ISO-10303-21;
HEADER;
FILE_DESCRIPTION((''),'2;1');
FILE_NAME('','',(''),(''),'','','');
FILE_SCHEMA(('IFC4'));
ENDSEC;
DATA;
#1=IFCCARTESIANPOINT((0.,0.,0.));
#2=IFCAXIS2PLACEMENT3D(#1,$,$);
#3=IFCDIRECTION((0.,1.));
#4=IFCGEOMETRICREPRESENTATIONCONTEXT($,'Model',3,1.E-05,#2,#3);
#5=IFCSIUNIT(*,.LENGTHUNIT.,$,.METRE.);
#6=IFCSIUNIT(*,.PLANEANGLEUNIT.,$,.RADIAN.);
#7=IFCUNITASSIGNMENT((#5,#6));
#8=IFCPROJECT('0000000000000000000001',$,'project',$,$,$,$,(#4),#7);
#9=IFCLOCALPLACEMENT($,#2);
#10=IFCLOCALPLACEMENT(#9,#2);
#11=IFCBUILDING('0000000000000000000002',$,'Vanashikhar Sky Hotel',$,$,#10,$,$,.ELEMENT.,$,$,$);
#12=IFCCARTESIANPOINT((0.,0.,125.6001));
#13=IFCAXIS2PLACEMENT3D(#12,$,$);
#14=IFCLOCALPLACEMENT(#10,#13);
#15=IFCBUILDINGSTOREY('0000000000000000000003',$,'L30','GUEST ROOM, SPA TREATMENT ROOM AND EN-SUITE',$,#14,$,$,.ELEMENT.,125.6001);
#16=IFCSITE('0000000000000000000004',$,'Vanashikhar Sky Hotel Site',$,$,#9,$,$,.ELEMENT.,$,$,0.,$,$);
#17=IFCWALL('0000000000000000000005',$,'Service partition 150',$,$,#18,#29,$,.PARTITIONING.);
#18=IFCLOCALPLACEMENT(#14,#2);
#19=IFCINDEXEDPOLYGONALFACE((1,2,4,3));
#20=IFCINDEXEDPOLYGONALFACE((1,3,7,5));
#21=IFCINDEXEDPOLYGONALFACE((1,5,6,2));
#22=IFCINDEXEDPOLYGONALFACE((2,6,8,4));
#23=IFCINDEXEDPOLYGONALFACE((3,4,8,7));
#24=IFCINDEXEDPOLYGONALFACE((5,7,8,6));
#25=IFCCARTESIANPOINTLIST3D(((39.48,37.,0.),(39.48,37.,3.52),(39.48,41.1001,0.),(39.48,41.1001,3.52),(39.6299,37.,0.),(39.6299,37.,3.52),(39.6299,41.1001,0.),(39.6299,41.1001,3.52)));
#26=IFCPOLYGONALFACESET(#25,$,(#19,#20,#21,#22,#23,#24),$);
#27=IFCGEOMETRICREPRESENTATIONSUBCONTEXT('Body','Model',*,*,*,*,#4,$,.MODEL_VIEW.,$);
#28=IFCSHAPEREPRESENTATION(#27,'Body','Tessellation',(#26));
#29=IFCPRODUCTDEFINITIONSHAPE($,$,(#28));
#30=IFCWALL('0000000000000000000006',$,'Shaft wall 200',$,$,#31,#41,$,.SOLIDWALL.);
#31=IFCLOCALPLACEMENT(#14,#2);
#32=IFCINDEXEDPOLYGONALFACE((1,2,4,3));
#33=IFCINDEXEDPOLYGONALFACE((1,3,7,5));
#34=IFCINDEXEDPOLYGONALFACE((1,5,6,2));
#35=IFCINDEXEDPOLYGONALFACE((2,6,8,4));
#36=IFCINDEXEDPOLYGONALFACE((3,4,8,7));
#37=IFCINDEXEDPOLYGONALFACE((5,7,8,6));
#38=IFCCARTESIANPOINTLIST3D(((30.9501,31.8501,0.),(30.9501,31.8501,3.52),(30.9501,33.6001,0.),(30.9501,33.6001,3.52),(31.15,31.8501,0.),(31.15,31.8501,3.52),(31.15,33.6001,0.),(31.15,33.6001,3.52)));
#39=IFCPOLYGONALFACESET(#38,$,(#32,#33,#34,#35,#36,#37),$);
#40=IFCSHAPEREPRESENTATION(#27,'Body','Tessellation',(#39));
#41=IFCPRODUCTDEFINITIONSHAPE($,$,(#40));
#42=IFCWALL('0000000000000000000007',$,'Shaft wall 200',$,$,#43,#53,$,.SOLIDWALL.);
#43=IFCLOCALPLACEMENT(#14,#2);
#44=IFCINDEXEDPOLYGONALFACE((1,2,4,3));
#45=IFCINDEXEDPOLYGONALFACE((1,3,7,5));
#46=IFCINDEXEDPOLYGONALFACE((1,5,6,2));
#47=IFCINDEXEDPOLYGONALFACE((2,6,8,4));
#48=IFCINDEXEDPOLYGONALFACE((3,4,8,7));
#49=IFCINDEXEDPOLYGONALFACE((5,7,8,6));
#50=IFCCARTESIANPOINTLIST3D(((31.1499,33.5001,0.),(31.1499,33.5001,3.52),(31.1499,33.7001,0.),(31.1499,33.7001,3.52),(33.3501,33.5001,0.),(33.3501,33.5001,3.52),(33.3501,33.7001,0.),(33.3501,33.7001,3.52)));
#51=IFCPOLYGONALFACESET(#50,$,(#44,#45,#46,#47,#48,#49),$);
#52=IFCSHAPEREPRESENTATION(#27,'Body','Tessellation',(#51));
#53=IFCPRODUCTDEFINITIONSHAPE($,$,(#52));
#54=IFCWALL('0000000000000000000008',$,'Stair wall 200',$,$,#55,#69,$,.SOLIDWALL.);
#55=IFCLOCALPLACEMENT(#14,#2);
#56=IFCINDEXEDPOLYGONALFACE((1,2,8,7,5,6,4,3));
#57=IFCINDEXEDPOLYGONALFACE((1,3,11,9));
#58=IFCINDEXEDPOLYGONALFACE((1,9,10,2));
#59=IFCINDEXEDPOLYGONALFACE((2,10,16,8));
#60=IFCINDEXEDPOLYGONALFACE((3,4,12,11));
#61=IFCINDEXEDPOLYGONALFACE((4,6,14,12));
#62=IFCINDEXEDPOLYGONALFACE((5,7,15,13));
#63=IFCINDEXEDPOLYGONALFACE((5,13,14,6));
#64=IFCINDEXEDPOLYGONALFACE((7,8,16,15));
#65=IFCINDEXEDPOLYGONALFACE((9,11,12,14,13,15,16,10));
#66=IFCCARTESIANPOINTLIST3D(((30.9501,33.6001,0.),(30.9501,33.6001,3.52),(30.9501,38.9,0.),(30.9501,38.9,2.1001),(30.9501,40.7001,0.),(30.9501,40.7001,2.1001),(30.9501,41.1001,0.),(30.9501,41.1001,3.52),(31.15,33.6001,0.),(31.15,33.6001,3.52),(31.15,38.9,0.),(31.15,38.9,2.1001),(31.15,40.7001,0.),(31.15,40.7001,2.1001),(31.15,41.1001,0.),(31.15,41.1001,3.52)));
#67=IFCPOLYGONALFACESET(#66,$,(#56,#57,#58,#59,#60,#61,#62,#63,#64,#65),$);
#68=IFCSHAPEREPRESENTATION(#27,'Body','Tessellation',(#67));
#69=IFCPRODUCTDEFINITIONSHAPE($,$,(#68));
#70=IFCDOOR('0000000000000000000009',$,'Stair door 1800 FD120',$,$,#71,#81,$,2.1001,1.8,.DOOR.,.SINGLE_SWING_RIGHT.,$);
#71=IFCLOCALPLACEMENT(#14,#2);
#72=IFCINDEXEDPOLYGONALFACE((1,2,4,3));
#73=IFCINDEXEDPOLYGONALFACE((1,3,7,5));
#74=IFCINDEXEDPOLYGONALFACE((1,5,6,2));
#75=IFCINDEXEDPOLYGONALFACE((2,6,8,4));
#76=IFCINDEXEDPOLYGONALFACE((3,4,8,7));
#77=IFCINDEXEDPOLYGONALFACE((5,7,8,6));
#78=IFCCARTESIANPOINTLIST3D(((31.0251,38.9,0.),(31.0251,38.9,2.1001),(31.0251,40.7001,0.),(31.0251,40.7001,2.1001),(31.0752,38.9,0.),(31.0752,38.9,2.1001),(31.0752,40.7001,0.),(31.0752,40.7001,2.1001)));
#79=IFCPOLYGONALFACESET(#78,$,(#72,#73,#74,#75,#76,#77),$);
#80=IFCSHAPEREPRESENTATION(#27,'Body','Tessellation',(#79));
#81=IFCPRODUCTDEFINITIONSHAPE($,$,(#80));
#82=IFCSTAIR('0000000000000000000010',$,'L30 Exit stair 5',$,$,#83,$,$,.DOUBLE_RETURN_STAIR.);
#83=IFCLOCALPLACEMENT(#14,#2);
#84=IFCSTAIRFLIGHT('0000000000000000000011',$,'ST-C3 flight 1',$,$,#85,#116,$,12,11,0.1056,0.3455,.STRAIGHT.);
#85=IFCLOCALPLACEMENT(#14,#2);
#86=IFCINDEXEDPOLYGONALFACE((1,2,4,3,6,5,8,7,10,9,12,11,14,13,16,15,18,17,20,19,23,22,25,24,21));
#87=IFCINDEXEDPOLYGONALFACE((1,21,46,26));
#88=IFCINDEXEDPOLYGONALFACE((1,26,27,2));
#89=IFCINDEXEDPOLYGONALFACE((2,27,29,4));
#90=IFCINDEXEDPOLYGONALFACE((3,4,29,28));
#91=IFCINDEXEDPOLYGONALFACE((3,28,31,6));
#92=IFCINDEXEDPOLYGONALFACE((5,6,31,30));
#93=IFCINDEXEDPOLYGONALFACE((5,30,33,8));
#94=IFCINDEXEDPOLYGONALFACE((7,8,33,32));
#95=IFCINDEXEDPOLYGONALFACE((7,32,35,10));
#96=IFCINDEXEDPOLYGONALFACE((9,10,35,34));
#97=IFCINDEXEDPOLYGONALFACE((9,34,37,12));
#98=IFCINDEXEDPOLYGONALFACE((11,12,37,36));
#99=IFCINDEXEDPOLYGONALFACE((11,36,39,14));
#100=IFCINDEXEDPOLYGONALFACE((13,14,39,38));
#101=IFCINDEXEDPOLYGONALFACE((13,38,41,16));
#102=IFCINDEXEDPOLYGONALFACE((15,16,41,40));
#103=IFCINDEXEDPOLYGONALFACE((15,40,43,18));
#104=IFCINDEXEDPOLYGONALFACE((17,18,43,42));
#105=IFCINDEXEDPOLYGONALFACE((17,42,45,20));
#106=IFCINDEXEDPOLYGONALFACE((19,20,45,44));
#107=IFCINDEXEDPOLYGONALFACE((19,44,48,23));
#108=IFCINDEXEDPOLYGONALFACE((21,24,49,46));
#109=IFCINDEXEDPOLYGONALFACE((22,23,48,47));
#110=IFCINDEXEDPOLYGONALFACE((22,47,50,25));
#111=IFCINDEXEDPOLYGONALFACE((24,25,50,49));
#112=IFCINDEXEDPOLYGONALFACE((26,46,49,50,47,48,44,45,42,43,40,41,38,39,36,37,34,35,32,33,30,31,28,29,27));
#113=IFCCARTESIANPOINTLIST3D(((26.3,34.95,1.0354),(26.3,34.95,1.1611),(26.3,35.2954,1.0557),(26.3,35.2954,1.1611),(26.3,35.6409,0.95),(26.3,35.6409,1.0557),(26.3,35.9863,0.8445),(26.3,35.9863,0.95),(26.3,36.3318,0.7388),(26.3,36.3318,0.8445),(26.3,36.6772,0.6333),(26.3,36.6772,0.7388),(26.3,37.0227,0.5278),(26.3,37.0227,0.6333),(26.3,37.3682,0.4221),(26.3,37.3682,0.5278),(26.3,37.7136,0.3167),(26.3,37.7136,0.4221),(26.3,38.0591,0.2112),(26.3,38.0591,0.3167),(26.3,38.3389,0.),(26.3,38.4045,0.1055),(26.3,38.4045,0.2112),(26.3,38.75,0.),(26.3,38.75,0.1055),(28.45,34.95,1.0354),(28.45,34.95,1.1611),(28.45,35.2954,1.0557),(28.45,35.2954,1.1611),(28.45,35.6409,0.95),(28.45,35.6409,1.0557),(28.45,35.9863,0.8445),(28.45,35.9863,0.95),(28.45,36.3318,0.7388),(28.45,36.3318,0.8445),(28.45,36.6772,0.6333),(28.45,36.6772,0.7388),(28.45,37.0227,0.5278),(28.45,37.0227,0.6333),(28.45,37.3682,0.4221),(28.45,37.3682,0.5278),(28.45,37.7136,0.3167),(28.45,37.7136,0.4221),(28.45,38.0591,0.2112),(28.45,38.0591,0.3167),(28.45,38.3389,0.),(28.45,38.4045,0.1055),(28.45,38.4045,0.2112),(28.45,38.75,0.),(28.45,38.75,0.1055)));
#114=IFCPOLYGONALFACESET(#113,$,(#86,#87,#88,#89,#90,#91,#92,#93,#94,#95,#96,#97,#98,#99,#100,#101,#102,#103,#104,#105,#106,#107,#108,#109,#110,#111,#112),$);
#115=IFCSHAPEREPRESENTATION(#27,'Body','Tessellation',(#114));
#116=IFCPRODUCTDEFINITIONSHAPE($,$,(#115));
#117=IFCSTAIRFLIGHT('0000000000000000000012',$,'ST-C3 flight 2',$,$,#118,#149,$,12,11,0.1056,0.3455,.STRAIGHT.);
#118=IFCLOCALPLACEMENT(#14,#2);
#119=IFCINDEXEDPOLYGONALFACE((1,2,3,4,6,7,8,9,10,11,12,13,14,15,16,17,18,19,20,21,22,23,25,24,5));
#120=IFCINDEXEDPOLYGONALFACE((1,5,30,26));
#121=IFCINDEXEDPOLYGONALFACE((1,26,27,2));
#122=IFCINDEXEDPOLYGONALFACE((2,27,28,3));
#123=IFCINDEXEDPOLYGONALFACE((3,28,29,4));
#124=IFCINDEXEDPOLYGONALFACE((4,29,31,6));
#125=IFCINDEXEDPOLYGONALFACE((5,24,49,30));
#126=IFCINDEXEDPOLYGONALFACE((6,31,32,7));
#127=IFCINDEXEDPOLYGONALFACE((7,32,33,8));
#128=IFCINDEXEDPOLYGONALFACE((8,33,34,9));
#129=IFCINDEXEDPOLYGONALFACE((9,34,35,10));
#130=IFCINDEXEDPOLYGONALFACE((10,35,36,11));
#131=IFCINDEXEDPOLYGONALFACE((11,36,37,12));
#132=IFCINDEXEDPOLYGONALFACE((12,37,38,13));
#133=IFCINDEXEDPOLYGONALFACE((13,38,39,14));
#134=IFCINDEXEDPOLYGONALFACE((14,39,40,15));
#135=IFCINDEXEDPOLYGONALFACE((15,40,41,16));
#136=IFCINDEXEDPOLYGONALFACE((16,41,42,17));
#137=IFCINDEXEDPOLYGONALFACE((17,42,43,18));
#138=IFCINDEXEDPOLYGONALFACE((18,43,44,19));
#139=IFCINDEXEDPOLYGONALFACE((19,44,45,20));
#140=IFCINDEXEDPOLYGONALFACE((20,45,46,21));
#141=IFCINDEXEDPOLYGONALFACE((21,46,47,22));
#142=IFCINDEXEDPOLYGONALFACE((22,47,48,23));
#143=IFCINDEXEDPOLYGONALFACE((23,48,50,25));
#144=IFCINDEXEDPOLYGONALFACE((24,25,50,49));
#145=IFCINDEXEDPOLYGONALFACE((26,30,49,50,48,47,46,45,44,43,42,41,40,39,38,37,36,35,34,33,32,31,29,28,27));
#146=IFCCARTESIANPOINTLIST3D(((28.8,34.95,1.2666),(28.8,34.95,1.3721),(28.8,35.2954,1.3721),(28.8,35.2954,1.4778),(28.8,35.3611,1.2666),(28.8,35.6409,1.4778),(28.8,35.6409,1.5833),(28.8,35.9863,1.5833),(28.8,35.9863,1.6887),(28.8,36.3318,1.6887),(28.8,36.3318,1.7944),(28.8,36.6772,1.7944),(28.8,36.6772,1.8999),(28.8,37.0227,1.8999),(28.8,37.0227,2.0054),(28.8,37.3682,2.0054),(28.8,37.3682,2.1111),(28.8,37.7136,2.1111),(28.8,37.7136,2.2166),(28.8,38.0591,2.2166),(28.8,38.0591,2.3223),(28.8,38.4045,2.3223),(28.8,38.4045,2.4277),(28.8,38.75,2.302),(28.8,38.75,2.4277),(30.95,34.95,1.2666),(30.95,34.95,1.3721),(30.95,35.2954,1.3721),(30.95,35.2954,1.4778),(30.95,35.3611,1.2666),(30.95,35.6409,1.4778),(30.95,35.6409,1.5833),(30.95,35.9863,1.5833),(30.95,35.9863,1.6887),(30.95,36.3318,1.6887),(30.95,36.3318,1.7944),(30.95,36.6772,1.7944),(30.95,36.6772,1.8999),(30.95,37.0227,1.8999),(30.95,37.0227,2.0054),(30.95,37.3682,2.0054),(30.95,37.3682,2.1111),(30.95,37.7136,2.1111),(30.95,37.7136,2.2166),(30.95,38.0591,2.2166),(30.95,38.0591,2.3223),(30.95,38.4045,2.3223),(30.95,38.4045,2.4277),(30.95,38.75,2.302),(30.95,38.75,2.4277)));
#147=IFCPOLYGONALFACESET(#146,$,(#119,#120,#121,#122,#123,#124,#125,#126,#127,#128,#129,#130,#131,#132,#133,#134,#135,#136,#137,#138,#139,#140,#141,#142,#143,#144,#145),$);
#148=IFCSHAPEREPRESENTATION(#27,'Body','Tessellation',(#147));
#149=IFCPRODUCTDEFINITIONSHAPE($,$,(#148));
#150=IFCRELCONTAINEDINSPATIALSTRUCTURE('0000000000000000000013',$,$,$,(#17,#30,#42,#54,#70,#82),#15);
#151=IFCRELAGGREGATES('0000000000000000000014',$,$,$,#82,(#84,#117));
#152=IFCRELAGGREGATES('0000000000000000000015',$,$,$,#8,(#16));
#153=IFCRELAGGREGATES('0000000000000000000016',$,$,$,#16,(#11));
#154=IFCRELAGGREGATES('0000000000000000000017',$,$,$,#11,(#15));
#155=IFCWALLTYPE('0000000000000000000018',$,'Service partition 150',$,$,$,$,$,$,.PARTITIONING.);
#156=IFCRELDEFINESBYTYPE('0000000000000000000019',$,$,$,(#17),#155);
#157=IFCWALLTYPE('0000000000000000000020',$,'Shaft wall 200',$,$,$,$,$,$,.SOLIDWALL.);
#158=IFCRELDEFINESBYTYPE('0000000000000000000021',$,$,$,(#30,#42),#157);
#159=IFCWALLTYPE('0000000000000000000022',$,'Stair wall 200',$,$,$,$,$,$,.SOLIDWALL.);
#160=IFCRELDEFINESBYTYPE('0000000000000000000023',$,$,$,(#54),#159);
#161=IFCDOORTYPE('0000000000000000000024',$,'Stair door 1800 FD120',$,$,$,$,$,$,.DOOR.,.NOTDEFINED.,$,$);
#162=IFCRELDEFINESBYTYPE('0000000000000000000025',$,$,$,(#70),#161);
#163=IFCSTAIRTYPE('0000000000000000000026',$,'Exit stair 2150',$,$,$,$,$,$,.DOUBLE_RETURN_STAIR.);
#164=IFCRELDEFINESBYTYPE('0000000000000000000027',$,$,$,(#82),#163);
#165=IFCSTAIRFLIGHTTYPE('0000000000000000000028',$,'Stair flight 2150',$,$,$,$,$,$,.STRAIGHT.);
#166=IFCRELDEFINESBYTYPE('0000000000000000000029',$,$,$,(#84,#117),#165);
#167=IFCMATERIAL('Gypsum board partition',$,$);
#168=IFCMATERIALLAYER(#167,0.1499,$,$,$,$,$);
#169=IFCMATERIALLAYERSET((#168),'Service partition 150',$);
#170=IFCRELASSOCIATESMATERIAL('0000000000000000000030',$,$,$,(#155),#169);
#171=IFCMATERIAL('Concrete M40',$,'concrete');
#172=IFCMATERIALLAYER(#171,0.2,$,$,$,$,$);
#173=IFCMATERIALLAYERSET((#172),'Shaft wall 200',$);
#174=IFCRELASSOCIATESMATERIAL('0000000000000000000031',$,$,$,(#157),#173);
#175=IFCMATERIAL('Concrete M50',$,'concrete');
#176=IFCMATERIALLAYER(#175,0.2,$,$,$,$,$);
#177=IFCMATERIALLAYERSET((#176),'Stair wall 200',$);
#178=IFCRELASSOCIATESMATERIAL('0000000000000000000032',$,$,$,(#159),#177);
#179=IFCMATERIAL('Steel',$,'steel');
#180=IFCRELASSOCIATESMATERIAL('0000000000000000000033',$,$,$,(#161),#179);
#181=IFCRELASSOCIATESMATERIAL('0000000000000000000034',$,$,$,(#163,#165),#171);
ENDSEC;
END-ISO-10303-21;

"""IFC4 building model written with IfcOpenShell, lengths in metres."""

from ifc_helpers import new_model, si_unit, direction, frame, frame_2d, origin, place, context, subcontext, project, spatial, polyline, rectangle, outline, extrude, source, transform, mapped, material, layer, layer_set, type_object, element, fill, aggregate, save


model = new_model("IFC4")

# Units and contexts
model_context = context("Model", 3, precision=1e-05, world=origin(), true_north=direction((0.0, 1.0)))
body_context = subcontext(model_context, "Body", "Model", "MODEL_VIEW")
ifc_project = project(units=[si_unit("LENGTHUNIT", "METRE"), si_unit("PLANEANGLEUNIT", "RADIAN")], contexts=[model_context])

# Site, building, storey
site_placement = place(None, origin())
site = spatial("IfcSite", under=ifc_project, at=site_placement, Name="Vanashikhar Sky Hotel Site", CompositionType="ELEMENT", RefElevation=0.0)
building_placement = place(site_placement, origin())
building = spatial("IfcBuilding", under=site, at=building_placement, Name="Vanashikhar Sky Hotel", CompositionType="ELEMENT")
storey_placement = place(building_placement, frame((0.0, 0.0, 125.6001)))
storey = spatial("IfcBuildingStorey", under=building, at=storey_placement, Name="L30", Description="GUEST ROOM, SPA TREATMENT ROOM AND EN-SUITE", CompositionType="ELEMENT", Elevation=125.6001)

# Shared definitions
ifc_material_1 = material(Name="Steel", Category="steel")
ifc_material_2 = material(Name="Gypsum board partition")
ifc_layer_1 = layer(ifc_material_2, 0.1499)
ifc_layer_set_1 = layer_set([ifc_layer_1], Name="Service partition 150")
wall_type_1 = type_object("IfcWallType", Name="Service partition 150", PredefinedType="PARTITIONING", material=ifc_layer_set_1)

# Walls
shared_shape_1 = source(origin(), body_context, "Body", "SweptSolid", [
    extrude(rectangle(XDim=4.1001, YDim=0.1499, at=frame_2d((2.05, 0.0))), origin(), (0.0, 0.0, 1.0), 3.52),
])
for number, where, z_axis, x_axis, name in (
    (1, (39.5549, 37.0, 0.0), (0.0, 0.0, 1.0), (0.0, 1.0, 0.0), "Service partition 150"),
):
    element("IfcWall", number, at=place(storey_placement, frame(where, z_axis=z_axis, x_axis=x_axis)), inside=storey, type_object=wall_type_1, Name=name, PredefinedType="PARTITIONING", context=body_context, shape_type="MappedRepresentation", body=[
        mapped(shared_shape_1, transform((0.0, 0.0, 0.0), scale=1.0)),
    ])
ifc_material_3 = material(Name="Concrete M40", Category="concrete")
ifc_layer_2 = layer(ifc_material_3, 0.2)
ifc_layer_set_2 = layer_set([ifc_layer_2], Name="Shaft wall 200")
wall_type_2 = type_object("IfcWallType", Name="Shaft wall 200", PredefinedType="SOLIDWALL", material=ifc_layer_set_2)
shared_shape_2 = source(origin(), body_context, "Body", "SweptSolid", [
    extrude(rectangle(XDim=1.75, YDim=0.2, at=frame_2d((0.875, 0.0))), origin(), (0.0, 0.0, 1.0), 3.52),
])
wall_1_placement = place(storey_placement, frame((31.05, 31.8501, 0.0), z_axis=(0.0, 0.0, 1.0), x_axis=(0.0, 1.0, 0.0)))
element("IfcWall", 2, at=wall_1_placement, inside=storey, type_object=wall_type_2, Name="Shaft wall 200", PredefinedType="SOLIDWALL", context=body_context, shape_type="MappedRepresentation", body=[
    mapped(shared_shape_2, transform((0.0, 0.0, 0.0), scale=1.0)),
])
shared_shape_3 = source(origin(), body_context, "Body", "SweptSolid", [
    extrude(rectangle(XDim=2.2002, YDim=0.2, at=frame_2d((1.1001, 0.0))), origin(), (0.0, 0.0, 1.0), 3.52),
])
wall_2_placement = place(storey_placement, frame((31.1499, 33.6001, 0.0), z_axis=(0.0, 0.0, 1.0), x_axis=(1.0, 0.0, 0.0)))
element("IfcWall", 3, at=wall_2_placement, inside=storey, type_object=wall_type_2, Name="Shaft wall 200", PredefinedType="SOLIDWALL", context=body_context, shape_type="MappedRepresentation", body=[
    mapped(shared_shape_3, transform((0.0, 0.0, 0.0), scale=1.0)),
])

# Wall, opening, door
ifc_material_4 = material(Name="Concrete M50", Category="concrete")
ifc_layer_3 = layer(ifc_material_4, 0.2)
ifc_layer_set_3 = layer_set([ifc_layer_3], Name="Stair wall 200")
wall_type_3 = type_object("IfcWallType", Name="Stair wall 200", PredefinedType="SOLIDWALL", material=ifc_layer_set_3)
shared_shape_4 = source(origin(), body_context, "Body", "SweptSolid", [
    extrude(rectangle(XDim=7.5, YDim=0.2, at=frame_2d((3.75, 0.0))), origin(), (0.0, 0.0, 1.0), 3.52),
])
wall_3_placement = place(storey_placement, frame((31.05, 33.6001, 0.0), z_axis=(0.0, 0.0, 1.0), x_axis=(0.0, 1.0, 0.0)))
wall_3 = element("IfcWall", 4, at=wall_3_placement, inside=storey, type_object=wall_type_3, Name="Stair wall 200", PredefinedType="SOLIDWALL", context=body_context, shape_type="MappedRepresentation", body=[
    mapped(shared_shape_4, transform((0.0, 0.0, 0.0), scale=1.0)),
])
shared_shape_5 = source(origin(), body_context, "Body", "SweptSolid", [
    extrude(rectangle(XDim=1.8, YDim=2.1001, at=frame_2d((0.8999, 1.05))), frame((0.0, 0.1099, 0.0), z_axis=(0.0, -1.0, 0.0), x_axis=(1.0, 0.0, 0.0)), (0.0, 0.0, 1.0), 0.22),
])
opening_1_placement = place(wall_3_placement, frame((5.3, 0.0, 0.0)))
opening_1 = element("IfcOpeningElement", 5, at=opening_1_placement, cuts=wall_3, PredefinedType="OPENING", context=body_context, shape_type="MappedRepresentation", body=[
    mapped(shared_shape_5, transform((0.0, 0.0, 0.0), scale=1.0)),
])
door_type_1 = type_object("IfcDoorType", Name="Stair door 1800 FD120", OperationType="NOTDEFINED", PredefinedType="DOOR", material=ifc_material_1)
shared_shape_6 = source(origin(), body_context, "Body", "SweptSolid", [
    extrude(rectangle(XDim=1.8, YDim=2.1001, at=frame_2d((0.8999, 1.05))), frame((0.0, 0.0249, 0.0), z_axis=(0.0, -1.0, 0.0), x_axis=(1.0, 0.0, 0.0)), (0.0, 0.0, 1.0), 0.05),
])
door_1_placement = place(opening_1_placement, origin())
door_1 = element("IfcDoor", 6, at=door_1_placement, inside=storey, type_object=door_type_1, Name="Stair door 1800 FD120", OperationType="SINGLE_SWING_RIGHT", OverallHeight=2.1001, OverallWidth=1.8, PredefinedType="DOOR", context=body_context, shape_type="MappedRepresentation", body=[
    mapped(shared_shape_6, transform((0.0, 0.0, 0.0), scale=1.0)),
])
fill(opening_1, door_1)

# Stair, stair flights
stair_type = type_object("IfcStairType", Name="Exit stair 2150", PredefinedType="DOUBLE_RETURN_STAIR", material=ifc_material_3)
stair_placement = place(storey_placement, origin())
stair = element("IfcStair", 7, at=stair_placement, inside=storey, type_object=stair_type, Name="L30 Exit stair 5", PredefinedType="DOUBLE_RETURN_STAIR")
stair_flight_type = type_object("IfcStairFlightType", Name="Stair flight 2150", PredefinedType="STRAIGHT", material=ifc_material_3)
shared_shape_7 = source(origin(), body_context, "Body", "SweptSolid", [
    extrude(outline(polyline([(0.0, 0.0), (0.0, 0.1055), (0.3455, 0.1055), (0.3455, 0.2112), (0.6909, 0.2112), (0.6909, 0.3167), (1.0364, 0.3167), (1.0364, 0.4221), (1.3818, 0.4221), (1.3818, 0.5278), (1.7273, 0.5278), (1.7273, 0.6333), (2.0728, 0.6333), (2.0728, 0.7388), (2.4182, 0.7388), (2.4182, 0.8445), (2.7637, 0.8445), (2.7637, 0.95), (3.1091, 0.95), (3.1091, 1.0557), (3.4546, 1.0557), (3.4546, 1.1611), (3.8, 1.1611), (3.8, 1.2666), (3.8, 1.0354), (0.4111, 0.0), (0.0, 0.0)])), frame((0.0, 1.075, 0.0), z_axis=(0.0, -1.0, 0.0), x_axis=(1.0, 0.0, 0.0)), (0.0, 0.0, 1.0), 2.1499),
])
stair_flight_1_placement = place(storey_placement, frame((27.375, 38.75, 0.0), z_axis=(0.0, 0.0, 1.0), x_axis=(0.0, -1.0, 0.0)))
stair_flight_1 = element("IfcStairFlight", 8, at=stair_flight_1_placement, type_object=stair_flight_type, Name="ST-C3 flight 1", NumberOfRisers=12, NumberOfTreads=11, PredefinedType="STRAIGHT", RiserHeight=0.1056, TreadLength=0.3455, context=body_context, shape_type="MappedRepresentation", body=[
    mapped(shared_shape_7, transform((0.0, 0.0, 0.0), scale=1.0)),
])
stair_flight_2_placement = place(storey_placement, frame((29.875, 34.95, 1.2666), z_axis=(0.0, 0.0, 1.0), x_axis=(0.0, 1.0, 0.0)))
stair_flight_2 = element("IfcStairFlight", 9, at=stair_flight_2_placement, type_object=stair_flight_type, Name="ST-C3 flight 2", NumberOfRisers=12, NumberOfTreads=11, PredefinedType="STRAIGHT", RiserHeight=0.1056, TreadLength=0.3455, context=body_context, shape_type="MappedRepresentation", body=[
    mapped(shared_shape_7, transform((0.0, 0.0, 0.0), scale=1.0)),
])
aggregate(stair, [stair_flight_1, stair_flight_2])

save(model, "model.ifc")
